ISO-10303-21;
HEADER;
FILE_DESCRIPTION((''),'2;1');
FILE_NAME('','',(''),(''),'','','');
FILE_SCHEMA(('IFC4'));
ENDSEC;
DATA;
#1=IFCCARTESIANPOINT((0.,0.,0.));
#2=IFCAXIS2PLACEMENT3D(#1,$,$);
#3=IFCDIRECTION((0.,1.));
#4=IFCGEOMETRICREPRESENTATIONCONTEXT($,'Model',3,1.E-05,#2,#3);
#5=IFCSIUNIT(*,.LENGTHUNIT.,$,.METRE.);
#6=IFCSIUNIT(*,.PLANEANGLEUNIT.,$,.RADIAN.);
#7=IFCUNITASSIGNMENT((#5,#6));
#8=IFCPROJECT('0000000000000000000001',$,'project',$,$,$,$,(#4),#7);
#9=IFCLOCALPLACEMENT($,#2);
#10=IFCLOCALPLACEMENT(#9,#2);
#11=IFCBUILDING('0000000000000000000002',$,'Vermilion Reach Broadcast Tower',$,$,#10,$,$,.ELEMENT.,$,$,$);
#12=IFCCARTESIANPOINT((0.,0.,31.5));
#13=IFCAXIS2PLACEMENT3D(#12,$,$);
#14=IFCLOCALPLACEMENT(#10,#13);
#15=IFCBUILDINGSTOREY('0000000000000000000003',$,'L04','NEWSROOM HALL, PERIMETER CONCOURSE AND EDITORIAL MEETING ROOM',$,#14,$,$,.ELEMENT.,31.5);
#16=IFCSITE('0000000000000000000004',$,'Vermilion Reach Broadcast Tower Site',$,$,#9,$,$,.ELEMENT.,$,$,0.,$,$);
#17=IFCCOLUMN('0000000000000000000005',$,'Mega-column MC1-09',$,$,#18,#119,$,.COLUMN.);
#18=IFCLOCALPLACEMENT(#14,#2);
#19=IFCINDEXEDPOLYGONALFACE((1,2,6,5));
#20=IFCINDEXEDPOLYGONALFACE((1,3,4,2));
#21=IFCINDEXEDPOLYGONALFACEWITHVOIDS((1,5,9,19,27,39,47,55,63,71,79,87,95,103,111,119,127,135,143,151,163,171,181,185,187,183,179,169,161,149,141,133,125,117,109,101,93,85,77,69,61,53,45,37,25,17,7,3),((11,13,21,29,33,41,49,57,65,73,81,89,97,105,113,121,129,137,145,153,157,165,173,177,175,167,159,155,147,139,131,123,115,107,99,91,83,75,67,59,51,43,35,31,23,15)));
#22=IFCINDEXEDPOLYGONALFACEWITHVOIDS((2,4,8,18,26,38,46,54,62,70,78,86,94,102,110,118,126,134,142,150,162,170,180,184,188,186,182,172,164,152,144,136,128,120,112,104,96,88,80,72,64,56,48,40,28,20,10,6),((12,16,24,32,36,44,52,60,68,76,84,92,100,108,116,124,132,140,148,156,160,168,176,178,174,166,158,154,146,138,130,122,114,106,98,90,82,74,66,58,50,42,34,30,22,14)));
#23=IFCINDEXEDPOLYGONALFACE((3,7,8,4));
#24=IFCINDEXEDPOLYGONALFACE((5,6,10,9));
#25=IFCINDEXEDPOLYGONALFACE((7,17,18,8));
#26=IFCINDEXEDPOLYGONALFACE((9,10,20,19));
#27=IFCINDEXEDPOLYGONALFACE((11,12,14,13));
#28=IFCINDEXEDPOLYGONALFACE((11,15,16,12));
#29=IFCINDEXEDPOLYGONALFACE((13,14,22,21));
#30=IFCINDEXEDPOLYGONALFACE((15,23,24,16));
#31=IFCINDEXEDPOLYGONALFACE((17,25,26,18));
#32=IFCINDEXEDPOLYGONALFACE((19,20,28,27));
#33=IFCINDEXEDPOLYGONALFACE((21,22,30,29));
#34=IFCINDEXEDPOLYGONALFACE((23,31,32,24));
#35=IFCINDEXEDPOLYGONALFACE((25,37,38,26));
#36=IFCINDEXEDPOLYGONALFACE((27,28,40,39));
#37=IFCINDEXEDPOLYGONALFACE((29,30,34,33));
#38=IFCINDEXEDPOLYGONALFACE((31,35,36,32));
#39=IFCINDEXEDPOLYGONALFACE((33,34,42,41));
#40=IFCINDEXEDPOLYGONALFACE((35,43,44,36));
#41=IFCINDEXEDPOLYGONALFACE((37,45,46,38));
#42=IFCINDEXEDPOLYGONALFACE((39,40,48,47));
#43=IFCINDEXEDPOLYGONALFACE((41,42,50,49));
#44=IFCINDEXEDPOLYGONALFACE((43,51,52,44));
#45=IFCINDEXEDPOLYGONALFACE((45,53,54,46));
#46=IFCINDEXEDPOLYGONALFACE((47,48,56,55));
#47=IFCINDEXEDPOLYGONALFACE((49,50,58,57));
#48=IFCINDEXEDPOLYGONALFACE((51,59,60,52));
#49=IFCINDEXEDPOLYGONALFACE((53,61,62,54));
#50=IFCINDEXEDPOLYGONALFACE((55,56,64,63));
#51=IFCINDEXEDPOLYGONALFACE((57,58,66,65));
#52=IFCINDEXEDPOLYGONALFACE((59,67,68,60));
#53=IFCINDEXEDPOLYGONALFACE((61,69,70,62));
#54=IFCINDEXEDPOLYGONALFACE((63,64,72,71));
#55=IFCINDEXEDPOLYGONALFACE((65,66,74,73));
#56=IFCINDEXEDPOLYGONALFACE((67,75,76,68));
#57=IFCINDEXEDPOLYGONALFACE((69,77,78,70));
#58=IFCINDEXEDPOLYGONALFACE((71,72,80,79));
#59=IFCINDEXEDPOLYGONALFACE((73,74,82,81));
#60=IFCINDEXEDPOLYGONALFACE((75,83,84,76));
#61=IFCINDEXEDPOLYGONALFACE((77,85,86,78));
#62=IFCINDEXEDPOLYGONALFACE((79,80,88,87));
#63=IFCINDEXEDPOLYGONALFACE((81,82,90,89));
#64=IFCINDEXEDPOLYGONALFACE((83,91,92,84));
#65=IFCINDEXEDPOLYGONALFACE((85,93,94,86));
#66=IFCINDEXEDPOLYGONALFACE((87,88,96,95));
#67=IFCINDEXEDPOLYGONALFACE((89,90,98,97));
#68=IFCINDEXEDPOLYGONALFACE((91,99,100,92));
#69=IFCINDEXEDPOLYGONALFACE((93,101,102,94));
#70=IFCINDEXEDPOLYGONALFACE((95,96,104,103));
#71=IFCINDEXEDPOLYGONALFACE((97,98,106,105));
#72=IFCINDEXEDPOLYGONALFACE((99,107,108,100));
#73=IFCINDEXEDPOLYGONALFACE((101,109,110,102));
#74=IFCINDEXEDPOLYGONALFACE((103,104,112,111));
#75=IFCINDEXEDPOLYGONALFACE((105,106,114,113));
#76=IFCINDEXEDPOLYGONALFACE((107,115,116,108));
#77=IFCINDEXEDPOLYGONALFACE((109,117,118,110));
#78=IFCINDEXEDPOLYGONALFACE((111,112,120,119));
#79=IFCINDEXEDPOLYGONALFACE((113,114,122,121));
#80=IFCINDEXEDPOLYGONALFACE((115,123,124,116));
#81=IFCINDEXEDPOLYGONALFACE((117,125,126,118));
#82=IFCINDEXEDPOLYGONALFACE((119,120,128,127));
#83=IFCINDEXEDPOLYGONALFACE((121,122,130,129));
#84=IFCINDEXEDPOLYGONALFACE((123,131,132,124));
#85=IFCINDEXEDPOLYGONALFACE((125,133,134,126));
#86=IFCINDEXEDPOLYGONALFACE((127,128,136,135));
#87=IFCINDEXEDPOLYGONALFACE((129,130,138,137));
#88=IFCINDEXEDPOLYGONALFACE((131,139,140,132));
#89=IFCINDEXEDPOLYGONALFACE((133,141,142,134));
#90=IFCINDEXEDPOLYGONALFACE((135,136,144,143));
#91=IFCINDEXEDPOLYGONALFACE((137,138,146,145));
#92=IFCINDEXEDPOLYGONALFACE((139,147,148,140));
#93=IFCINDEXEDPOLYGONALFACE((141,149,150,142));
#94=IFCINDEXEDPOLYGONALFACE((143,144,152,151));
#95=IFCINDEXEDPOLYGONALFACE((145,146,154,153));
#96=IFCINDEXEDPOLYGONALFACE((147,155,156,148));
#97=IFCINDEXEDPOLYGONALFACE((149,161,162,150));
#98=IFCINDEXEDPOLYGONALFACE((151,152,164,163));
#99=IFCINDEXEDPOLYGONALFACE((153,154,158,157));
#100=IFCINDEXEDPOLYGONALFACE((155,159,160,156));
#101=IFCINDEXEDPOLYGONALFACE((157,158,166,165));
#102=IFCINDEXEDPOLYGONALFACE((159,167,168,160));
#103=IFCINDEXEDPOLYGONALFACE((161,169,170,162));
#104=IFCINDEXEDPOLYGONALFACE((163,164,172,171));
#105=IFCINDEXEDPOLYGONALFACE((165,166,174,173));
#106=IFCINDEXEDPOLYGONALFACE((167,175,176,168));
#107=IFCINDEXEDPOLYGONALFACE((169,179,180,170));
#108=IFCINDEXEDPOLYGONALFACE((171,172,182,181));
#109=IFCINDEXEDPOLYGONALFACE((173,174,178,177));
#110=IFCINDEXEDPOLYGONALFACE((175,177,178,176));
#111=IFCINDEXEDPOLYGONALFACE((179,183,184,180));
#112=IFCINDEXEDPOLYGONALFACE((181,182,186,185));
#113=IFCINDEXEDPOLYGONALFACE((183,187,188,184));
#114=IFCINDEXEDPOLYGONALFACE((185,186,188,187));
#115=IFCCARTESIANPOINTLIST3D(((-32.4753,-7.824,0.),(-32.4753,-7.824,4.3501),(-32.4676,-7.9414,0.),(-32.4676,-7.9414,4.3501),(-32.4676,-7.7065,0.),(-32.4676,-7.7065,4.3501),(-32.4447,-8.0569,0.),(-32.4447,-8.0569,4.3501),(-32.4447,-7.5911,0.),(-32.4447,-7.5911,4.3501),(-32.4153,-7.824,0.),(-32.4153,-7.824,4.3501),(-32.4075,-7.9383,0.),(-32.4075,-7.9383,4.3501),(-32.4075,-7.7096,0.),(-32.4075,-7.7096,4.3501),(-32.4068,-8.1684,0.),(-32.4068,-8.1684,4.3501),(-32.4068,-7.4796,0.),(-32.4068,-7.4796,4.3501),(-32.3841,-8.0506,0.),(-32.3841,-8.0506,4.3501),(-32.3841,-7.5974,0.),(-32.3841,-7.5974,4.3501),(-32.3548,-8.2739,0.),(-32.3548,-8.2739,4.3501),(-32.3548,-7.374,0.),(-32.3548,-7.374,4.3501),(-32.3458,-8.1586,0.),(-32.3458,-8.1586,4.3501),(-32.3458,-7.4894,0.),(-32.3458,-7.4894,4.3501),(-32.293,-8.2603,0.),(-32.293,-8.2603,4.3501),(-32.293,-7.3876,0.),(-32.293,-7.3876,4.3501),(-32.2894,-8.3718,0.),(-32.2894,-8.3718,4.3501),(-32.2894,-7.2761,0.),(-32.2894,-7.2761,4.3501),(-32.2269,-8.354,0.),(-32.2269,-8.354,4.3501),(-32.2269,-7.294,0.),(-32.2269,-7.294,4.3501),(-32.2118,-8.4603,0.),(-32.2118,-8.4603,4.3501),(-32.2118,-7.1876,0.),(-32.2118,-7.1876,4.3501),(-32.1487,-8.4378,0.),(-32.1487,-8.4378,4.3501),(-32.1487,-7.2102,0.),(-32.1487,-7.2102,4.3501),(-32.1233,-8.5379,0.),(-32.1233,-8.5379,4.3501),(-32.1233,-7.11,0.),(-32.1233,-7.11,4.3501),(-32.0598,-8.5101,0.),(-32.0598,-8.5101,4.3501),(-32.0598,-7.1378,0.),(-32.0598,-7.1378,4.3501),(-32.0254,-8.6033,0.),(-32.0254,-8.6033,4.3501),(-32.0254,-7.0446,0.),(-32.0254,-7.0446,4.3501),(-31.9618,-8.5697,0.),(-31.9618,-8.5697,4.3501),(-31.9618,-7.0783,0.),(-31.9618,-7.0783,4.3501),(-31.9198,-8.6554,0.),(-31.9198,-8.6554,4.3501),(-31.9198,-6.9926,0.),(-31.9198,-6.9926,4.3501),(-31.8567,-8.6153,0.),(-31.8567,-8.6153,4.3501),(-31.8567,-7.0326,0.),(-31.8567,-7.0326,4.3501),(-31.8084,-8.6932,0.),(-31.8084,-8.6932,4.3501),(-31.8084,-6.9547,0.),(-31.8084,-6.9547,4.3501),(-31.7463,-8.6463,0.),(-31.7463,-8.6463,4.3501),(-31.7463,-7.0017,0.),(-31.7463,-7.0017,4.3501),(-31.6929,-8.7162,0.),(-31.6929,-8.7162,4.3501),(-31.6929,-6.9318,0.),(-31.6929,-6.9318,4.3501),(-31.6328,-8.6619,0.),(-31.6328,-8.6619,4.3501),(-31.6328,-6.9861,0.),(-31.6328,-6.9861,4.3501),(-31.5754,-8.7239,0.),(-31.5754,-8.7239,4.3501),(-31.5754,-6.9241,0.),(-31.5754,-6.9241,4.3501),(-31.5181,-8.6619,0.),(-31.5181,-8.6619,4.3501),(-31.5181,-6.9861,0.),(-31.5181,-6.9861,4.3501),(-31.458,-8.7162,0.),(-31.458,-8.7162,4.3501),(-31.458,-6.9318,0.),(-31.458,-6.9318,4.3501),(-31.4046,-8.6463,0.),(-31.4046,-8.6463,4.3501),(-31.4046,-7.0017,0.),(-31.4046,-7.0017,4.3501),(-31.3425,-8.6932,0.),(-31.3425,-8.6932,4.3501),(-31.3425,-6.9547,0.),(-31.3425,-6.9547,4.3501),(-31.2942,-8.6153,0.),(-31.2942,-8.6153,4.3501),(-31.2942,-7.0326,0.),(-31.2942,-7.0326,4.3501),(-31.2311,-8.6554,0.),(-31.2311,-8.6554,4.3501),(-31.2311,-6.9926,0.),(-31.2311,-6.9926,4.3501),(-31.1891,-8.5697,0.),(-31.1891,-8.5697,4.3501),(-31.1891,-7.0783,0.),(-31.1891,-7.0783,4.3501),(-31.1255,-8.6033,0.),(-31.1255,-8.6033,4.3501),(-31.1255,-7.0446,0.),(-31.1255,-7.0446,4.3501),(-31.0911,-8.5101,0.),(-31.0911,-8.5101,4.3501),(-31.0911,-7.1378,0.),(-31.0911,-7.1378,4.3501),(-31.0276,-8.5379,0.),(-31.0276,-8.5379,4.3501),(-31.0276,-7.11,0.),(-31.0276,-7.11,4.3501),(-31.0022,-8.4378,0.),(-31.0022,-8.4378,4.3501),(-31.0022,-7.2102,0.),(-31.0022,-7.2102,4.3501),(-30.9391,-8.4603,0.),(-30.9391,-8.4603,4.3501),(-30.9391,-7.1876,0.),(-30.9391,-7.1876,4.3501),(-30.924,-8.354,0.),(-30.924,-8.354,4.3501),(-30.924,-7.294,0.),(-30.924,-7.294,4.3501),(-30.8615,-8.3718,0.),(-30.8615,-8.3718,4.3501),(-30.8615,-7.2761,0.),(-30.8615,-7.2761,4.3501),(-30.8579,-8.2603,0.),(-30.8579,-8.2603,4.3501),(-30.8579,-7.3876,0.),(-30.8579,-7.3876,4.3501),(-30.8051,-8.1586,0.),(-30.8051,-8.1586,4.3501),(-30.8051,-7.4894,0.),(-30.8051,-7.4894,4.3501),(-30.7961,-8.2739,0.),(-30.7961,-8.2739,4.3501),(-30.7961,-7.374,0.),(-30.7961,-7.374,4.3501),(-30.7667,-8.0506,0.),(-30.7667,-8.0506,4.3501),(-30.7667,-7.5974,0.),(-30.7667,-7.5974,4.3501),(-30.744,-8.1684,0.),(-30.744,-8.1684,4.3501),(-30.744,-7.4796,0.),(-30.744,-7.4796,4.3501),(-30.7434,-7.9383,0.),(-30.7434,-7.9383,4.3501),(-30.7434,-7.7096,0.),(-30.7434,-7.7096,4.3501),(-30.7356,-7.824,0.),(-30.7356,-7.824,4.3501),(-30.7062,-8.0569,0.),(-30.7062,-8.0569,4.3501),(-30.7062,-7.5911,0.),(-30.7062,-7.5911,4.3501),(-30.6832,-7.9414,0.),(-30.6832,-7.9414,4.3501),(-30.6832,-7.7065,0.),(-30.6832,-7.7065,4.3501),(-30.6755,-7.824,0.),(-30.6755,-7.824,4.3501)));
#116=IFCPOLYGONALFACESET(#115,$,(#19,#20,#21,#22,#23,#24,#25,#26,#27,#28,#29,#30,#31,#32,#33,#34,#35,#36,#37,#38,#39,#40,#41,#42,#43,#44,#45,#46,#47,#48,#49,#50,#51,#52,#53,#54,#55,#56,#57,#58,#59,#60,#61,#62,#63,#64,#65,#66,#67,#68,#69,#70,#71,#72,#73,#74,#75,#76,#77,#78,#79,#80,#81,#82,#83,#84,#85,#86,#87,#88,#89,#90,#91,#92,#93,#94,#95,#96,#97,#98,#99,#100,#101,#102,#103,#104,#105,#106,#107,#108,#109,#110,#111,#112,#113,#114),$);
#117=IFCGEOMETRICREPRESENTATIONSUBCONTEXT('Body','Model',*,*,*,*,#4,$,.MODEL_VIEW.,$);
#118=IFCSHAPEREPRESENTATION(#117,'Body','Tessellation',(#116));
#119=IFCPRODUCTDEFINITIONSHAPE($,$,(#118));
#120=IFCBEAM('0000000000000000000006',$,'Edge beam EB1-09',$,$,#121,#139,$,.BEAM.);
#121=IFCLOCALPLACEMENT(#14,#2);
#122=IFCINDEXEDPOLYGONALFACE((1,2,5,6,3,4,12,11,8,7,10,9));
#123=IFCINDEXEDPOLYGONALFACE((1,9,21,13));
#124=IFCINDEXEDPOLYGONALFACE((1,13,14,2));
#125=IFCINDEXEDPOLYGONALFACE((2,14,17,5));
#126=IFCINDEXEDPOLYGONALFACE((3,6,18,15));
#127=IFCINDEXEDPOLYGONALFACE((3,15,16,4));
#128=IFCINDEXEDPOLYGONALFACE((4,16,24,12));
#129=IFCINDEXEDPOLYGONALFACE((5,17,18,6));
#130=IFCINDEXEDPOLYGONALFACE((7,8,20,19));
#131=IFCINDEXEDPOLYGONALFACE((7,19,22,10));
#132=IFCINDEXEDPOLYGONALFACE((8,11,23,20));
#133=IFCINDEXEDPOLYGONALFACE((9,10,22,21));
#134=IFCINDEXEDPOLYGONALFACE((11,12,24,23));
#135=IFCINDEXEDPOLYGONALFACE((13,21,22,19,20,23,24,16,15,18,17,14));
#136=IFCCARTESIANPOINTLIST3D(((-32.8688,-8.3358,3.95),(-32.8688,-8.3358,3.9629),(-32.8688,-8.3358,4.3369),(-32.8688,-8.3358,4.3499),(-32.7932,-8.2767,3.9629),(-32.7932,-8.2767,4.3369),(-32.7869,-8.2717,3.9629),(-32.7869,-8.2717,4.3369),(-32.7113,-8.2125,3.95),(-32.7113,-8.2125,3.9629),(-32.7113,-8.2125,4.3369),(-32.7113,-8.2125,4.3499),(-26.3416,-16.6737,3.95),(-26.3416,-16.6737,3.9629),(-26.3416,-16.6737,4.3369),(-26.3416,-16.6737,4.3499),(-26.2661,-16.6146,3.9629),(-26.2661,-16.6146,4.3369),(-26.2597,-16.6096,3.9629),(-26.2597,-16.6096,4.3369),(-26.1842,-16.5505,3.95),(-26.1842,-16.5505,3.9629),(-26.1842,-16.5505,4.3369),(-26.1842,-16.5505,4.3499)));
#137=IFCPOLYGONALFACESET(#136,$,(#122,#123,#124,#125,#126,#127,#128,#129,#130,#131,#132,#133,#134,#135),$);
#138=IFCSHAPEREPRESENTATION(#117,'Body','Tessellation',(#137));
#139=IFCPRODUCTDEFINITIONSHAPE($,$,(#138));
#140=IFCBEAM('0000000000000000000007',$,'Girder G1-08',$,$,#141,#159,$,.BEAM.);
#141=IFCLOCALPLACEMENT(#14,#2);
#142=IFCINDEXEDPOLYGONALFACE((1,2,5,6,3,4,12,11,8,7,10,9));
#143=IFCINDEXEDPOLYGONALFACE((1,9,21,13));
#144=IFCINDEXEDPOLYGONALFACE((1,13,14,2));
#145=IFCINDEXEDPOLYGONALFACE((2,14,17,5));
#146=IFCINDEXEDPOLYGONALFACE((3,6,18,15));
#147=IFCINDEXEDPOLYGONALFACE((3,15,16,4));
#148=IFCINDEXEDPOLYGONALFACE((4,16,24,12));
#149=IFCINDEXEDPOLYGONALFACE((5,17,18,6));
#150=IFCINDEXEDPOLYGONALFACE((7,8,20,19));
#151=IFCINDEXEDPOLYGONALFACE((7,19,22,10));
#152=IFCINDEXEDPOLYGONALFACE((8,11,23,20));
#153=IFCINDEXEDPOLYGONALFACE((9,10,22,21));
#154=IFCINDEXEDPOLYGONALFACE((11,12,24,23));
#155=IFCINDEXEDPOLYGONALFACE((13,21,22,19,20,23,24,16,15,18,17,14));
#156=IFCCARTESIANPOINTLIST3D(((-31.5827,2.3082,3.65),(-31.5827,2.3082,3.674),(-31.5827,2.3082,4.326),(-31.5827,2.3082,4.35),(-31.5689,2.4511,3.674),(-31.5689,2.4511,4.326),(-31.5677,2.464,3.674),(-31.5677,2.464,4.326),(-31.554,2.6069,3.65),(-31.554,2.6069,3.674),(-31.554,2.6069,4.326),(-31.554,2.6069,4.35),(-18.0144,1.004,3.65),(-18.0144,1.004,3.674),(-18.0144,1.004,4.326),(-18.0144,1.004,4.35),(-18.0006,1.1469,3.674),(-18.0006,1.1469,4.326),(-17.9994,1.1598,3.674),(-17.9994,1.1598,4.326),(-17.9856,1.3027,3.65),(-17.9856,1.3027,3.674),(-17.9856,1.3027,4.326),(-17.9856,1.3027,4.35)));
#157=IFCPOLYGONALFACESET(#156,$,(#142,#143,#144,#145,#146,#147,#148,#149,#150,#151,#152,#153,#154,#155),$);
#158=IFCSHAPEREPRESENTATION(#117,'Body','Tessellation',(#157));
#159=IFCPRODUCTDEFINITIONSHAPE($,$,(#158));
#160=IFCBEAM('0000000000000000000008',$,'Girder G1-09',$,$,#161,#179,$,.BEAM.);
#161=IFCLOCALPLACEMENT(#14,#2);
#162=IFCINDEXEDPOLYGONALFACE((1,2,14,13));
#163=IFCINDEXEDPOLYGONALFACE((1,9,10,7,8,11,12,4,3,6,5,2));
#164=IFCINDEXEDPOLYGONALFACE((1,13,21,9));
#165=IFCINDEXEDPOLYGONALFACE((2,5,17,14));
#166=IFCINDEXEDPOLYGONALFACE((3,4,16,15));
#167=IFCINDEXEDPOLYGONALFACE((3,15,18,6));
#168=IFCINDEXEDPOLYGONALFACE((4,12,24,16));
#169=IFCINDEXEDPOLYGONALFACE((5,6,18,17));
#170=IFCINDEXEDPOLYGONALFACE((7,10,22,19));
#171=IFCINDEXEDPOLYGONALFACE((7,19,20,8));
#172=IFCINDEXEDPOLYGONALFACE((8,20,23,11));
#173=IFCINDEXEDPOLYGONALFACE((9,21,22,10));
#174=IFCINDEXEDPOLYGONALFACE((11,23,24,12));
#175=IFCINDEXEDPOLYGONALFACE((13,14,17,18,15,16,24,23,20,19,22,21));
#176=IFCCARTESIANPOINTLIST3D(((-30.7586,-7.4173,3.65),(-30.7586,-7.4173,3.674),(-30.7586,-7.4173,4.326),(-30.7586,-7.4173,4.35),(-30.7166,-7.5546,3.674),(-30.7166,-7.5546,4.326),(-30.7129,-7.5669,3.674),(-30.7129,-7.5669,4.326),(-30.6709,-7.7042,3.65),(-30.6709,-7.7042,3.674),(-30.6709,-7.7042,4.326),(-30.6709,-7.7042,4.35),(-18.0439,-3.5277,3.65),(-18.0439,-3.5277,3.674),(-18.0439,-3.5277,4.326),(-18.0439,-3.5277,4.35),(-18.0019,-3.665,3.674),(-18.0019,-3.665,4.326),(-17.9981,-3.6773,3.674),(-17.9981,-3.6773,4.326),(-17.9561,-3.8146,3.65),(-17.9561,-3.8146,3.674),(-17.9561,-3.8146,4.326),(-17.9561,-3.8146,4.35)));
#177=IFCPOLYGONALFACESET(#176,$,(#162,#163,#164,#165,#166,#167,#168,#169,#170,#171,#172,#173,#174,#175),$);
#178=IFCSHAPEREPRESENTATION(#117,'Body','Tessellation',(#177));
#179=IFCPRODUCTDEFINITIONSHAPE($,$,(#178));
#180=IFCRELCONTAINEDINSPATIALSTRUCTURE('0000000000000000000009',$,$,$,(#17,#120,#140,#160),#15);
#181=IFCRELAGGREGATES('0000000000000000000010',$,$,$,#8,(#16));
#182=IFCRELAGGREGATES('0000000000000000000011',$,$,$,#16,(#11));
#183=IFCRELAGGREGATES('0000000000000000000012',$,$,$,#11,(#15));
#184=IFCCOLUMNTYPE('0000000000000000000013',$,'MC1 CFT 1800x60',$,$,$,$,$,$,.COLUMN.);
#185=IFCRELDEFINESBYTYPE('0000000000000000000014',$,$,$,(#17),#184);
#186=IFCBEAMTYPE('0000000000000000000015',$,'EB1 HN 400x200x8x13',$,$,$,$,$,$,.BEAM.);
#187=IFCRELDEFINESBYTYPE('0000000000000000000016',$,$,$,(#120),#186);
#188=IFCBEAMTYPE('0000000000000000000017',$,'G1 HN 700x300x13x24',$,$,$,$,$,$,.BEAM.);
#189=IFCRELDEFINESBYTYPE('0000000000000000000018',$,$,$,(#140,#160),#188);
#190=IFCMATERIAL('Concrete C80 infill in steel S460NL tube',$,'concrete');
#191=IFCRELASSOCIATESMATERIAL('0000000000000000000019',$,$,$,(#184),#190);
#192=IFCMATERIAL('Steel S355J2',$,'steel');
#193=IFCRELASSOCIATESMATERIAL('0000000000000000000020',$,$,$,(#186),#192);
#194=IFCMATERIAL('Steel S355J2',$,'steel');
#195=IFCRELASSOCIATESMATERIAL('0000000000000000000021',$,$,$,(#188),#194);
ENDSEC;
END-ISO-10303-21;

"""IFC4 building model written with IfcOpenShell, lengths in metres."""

from ifc_helpers import new_model, si_unit, direction, frame, origin, origin_2d, place, context, subcontext, project, spatial, hollow_circle, i_section, extrude, material, material_profile, profile_set, type_object, element, save


model = new_model("IFC4")

# Units and contexts
model_context = context("Model", 3, precision=1e-05, world=origin(), true_north=direction((0.0, 1.0)))
body_context = subcontext(model_context, "Body", "Model", "MODEL_VIEW")
ifc_project = project(units=[si_unit("LENGTHUNIT", "METRE"), si_unit("PLANEANGLEUNIT", "RADIAN")], contexts=[model_context])

# Site, building, storey
site_placement = place(None, origin())
site = spatial("IfcSite", under=ifc_project, at=site_placement, Name="Vermilion Reach Broadcast Tower Site", CompositionType="ELEMENT", RefElevation=0.0)
building_placement = place(site_placement, origin())
building = spatial("IfcBuilding", under=site, at=building_placement, Name="Vermilion Reach Broadcast Tower", CompositionType="ELEMENT")
storey_placement = place(building_placement, frame((0.0, 0.0, 31.5)))
storey = spatial("IfcBuildingStorey", under=building, at=storey_placement, Name="L04", Description="NEWSROOM HALL, PERIMETER CONCOURSE AND EDITORIAL MEETING ROOM", CompositionType="ELEMENT", Elevation=31.5)

# Column
ifc_material_1 = material(Name="Concrete C80 infill in steel S460NL tube", Category="concrete")
ifc_material_profile_1 = material_profile(ifc_material_1, hollow_circle(Radius=0.8999, WallThickness=0.0601, at=origin_2d()), Name="Concrete C80 infill in steel S460NL tube CFT 1800x60")
ifc_profile_set_1 = profile_set([ifc_material_profile_1], Name="Concrete C80 infill in steel S460NL tube")
column_type = type_object("IfcColumnType", Name="MC1 CFT 1800x60", PredefinedType="COLUMN", material=ifc_profile_set_1)
column_placement = place(storey_placement, frame((-31.5754, -7.824, 0.0), z_axis=(0.0, 0.0, 1.0), x_axis=(1.0, 0.0, 0.0)))
element("IfcColumn", 1, at=column_placement, inside=storey, type_object=column_type, Name="Mega-column MC1-09", PredefinedType="COLUMN", context=body_context, shape_type="SweptSolid", body=[
    extrude(hollow_circle(Radius=0.8999, WallThickness=0.0601, at=origin_2d()), origin(), (0.0, 0.0, 1.0), 4.3501),
])

# Beams
ifc_material_2 = material(Name="Steel S355J2", Category="steel")
ifc_material_profile_2 = material_profile(ifc_material_2, i_section(OverallWidth=0.2, OverallDepth=0.3999, WebThickness=0.0081, FlangeThickness=0.0129, at=origin_2d()), Name="S355J2 HN 400x200x8x13")
ifc_profile_set_2 = profile_set([ifc_material_profile_2], Name="Steel S355J2")
beam_type_1 = type_object("IfcBeamType", Name="EB1 HN 400x200x8x13", PredefinedType="BEAM", material=ifc_profile_set_2)
beam_1_placement = place(storey_placement, frame((-32.79, -8.2742, 4.1499), z_axis=(0.616413, -0.787423, 0.0), x_axis=(0.787423, 0.616413, 0.0)))
element("IfcBeam", 2, at=beam_1_placement, inside=storey, type_object=beam_type_1, Name="Edge beam EB1-09", PredefinedType="BEAM", context=body_context, shape_type="SweptSolid", body=[
    extrude(i_section(OverallWidth=0.2, OverallDepth=0.3999, WebThickness=0.0081, FlangeThickness=0.0129, at=origin_2d()), origin(), (0.0, 0.0, 1.0), 10.5889),
])
ifc_material_3 = material(Name="Steel S355J2", Category="steel")
ifc_material_profile_3 = material_profile(ifc_material_3, i_section(OverallWidth=0.3, OverallDepth=0.7, WebThickness=0.0129, FlangeThickness=0.0239, at=origin_2d()), Name="S355J2 HN 700x300x13x24")
ifc_profile_set_3 = profile_set([ifc_material_profile_3], Name="Steel S355J2")
beam_type_2 = type_object("IfcBeamType", Name="G1 HN 700x300x13x24", PredefinedType="BEAM", material=ifc_profile_set_3)
beam_2_placement = place(storey_placement, frame((-18.0, 1.1533, 4.0), z_axis=(-0.995412, 0.09568, 0.0), x_axis=(-0.09568, -0.995412, 0.0)))
element("IfcBeam", 3, at=beam_2_placement, inside=storey, type_object=beam_type_2, Name="Girder G1-08", PredefinedType="BEAM", context=body_context, shape_type="SweptSolid", body=[
    extrude(i_section(OverallWidth=0.3, OverallDepth=0.7, WebThickness=0.0129, FlangeThickness=0.0239, at=origin_2d()), origin(), (0.0, 0.0, 1.0), 13.6309),
])
beam_3_placement = place(storey_placement, frame((-18.0, -3.6711, 4.0), z_axis=(-0.956256, -0.292532, 0.0), x_axis=(0.292532, -0.956256, 0.0)))
element("IfcBeam", 4, at=beam_3_placement, inside=storey, type_object=beam_type_2, Name="Girder G1-09", PredefinedType="BEAM", context=body_context, shape_type="SweptSolid", body=[
    extrude(i_section(OverallWidth=0.3, OverallDepth=0.7, WebThickness=0.0129, FlangeThickness=0.0239, at=origin_2d()), origin(), (0.0, 0.0, 1.0), 13.2964),
])

save(model, "model.ifc")
